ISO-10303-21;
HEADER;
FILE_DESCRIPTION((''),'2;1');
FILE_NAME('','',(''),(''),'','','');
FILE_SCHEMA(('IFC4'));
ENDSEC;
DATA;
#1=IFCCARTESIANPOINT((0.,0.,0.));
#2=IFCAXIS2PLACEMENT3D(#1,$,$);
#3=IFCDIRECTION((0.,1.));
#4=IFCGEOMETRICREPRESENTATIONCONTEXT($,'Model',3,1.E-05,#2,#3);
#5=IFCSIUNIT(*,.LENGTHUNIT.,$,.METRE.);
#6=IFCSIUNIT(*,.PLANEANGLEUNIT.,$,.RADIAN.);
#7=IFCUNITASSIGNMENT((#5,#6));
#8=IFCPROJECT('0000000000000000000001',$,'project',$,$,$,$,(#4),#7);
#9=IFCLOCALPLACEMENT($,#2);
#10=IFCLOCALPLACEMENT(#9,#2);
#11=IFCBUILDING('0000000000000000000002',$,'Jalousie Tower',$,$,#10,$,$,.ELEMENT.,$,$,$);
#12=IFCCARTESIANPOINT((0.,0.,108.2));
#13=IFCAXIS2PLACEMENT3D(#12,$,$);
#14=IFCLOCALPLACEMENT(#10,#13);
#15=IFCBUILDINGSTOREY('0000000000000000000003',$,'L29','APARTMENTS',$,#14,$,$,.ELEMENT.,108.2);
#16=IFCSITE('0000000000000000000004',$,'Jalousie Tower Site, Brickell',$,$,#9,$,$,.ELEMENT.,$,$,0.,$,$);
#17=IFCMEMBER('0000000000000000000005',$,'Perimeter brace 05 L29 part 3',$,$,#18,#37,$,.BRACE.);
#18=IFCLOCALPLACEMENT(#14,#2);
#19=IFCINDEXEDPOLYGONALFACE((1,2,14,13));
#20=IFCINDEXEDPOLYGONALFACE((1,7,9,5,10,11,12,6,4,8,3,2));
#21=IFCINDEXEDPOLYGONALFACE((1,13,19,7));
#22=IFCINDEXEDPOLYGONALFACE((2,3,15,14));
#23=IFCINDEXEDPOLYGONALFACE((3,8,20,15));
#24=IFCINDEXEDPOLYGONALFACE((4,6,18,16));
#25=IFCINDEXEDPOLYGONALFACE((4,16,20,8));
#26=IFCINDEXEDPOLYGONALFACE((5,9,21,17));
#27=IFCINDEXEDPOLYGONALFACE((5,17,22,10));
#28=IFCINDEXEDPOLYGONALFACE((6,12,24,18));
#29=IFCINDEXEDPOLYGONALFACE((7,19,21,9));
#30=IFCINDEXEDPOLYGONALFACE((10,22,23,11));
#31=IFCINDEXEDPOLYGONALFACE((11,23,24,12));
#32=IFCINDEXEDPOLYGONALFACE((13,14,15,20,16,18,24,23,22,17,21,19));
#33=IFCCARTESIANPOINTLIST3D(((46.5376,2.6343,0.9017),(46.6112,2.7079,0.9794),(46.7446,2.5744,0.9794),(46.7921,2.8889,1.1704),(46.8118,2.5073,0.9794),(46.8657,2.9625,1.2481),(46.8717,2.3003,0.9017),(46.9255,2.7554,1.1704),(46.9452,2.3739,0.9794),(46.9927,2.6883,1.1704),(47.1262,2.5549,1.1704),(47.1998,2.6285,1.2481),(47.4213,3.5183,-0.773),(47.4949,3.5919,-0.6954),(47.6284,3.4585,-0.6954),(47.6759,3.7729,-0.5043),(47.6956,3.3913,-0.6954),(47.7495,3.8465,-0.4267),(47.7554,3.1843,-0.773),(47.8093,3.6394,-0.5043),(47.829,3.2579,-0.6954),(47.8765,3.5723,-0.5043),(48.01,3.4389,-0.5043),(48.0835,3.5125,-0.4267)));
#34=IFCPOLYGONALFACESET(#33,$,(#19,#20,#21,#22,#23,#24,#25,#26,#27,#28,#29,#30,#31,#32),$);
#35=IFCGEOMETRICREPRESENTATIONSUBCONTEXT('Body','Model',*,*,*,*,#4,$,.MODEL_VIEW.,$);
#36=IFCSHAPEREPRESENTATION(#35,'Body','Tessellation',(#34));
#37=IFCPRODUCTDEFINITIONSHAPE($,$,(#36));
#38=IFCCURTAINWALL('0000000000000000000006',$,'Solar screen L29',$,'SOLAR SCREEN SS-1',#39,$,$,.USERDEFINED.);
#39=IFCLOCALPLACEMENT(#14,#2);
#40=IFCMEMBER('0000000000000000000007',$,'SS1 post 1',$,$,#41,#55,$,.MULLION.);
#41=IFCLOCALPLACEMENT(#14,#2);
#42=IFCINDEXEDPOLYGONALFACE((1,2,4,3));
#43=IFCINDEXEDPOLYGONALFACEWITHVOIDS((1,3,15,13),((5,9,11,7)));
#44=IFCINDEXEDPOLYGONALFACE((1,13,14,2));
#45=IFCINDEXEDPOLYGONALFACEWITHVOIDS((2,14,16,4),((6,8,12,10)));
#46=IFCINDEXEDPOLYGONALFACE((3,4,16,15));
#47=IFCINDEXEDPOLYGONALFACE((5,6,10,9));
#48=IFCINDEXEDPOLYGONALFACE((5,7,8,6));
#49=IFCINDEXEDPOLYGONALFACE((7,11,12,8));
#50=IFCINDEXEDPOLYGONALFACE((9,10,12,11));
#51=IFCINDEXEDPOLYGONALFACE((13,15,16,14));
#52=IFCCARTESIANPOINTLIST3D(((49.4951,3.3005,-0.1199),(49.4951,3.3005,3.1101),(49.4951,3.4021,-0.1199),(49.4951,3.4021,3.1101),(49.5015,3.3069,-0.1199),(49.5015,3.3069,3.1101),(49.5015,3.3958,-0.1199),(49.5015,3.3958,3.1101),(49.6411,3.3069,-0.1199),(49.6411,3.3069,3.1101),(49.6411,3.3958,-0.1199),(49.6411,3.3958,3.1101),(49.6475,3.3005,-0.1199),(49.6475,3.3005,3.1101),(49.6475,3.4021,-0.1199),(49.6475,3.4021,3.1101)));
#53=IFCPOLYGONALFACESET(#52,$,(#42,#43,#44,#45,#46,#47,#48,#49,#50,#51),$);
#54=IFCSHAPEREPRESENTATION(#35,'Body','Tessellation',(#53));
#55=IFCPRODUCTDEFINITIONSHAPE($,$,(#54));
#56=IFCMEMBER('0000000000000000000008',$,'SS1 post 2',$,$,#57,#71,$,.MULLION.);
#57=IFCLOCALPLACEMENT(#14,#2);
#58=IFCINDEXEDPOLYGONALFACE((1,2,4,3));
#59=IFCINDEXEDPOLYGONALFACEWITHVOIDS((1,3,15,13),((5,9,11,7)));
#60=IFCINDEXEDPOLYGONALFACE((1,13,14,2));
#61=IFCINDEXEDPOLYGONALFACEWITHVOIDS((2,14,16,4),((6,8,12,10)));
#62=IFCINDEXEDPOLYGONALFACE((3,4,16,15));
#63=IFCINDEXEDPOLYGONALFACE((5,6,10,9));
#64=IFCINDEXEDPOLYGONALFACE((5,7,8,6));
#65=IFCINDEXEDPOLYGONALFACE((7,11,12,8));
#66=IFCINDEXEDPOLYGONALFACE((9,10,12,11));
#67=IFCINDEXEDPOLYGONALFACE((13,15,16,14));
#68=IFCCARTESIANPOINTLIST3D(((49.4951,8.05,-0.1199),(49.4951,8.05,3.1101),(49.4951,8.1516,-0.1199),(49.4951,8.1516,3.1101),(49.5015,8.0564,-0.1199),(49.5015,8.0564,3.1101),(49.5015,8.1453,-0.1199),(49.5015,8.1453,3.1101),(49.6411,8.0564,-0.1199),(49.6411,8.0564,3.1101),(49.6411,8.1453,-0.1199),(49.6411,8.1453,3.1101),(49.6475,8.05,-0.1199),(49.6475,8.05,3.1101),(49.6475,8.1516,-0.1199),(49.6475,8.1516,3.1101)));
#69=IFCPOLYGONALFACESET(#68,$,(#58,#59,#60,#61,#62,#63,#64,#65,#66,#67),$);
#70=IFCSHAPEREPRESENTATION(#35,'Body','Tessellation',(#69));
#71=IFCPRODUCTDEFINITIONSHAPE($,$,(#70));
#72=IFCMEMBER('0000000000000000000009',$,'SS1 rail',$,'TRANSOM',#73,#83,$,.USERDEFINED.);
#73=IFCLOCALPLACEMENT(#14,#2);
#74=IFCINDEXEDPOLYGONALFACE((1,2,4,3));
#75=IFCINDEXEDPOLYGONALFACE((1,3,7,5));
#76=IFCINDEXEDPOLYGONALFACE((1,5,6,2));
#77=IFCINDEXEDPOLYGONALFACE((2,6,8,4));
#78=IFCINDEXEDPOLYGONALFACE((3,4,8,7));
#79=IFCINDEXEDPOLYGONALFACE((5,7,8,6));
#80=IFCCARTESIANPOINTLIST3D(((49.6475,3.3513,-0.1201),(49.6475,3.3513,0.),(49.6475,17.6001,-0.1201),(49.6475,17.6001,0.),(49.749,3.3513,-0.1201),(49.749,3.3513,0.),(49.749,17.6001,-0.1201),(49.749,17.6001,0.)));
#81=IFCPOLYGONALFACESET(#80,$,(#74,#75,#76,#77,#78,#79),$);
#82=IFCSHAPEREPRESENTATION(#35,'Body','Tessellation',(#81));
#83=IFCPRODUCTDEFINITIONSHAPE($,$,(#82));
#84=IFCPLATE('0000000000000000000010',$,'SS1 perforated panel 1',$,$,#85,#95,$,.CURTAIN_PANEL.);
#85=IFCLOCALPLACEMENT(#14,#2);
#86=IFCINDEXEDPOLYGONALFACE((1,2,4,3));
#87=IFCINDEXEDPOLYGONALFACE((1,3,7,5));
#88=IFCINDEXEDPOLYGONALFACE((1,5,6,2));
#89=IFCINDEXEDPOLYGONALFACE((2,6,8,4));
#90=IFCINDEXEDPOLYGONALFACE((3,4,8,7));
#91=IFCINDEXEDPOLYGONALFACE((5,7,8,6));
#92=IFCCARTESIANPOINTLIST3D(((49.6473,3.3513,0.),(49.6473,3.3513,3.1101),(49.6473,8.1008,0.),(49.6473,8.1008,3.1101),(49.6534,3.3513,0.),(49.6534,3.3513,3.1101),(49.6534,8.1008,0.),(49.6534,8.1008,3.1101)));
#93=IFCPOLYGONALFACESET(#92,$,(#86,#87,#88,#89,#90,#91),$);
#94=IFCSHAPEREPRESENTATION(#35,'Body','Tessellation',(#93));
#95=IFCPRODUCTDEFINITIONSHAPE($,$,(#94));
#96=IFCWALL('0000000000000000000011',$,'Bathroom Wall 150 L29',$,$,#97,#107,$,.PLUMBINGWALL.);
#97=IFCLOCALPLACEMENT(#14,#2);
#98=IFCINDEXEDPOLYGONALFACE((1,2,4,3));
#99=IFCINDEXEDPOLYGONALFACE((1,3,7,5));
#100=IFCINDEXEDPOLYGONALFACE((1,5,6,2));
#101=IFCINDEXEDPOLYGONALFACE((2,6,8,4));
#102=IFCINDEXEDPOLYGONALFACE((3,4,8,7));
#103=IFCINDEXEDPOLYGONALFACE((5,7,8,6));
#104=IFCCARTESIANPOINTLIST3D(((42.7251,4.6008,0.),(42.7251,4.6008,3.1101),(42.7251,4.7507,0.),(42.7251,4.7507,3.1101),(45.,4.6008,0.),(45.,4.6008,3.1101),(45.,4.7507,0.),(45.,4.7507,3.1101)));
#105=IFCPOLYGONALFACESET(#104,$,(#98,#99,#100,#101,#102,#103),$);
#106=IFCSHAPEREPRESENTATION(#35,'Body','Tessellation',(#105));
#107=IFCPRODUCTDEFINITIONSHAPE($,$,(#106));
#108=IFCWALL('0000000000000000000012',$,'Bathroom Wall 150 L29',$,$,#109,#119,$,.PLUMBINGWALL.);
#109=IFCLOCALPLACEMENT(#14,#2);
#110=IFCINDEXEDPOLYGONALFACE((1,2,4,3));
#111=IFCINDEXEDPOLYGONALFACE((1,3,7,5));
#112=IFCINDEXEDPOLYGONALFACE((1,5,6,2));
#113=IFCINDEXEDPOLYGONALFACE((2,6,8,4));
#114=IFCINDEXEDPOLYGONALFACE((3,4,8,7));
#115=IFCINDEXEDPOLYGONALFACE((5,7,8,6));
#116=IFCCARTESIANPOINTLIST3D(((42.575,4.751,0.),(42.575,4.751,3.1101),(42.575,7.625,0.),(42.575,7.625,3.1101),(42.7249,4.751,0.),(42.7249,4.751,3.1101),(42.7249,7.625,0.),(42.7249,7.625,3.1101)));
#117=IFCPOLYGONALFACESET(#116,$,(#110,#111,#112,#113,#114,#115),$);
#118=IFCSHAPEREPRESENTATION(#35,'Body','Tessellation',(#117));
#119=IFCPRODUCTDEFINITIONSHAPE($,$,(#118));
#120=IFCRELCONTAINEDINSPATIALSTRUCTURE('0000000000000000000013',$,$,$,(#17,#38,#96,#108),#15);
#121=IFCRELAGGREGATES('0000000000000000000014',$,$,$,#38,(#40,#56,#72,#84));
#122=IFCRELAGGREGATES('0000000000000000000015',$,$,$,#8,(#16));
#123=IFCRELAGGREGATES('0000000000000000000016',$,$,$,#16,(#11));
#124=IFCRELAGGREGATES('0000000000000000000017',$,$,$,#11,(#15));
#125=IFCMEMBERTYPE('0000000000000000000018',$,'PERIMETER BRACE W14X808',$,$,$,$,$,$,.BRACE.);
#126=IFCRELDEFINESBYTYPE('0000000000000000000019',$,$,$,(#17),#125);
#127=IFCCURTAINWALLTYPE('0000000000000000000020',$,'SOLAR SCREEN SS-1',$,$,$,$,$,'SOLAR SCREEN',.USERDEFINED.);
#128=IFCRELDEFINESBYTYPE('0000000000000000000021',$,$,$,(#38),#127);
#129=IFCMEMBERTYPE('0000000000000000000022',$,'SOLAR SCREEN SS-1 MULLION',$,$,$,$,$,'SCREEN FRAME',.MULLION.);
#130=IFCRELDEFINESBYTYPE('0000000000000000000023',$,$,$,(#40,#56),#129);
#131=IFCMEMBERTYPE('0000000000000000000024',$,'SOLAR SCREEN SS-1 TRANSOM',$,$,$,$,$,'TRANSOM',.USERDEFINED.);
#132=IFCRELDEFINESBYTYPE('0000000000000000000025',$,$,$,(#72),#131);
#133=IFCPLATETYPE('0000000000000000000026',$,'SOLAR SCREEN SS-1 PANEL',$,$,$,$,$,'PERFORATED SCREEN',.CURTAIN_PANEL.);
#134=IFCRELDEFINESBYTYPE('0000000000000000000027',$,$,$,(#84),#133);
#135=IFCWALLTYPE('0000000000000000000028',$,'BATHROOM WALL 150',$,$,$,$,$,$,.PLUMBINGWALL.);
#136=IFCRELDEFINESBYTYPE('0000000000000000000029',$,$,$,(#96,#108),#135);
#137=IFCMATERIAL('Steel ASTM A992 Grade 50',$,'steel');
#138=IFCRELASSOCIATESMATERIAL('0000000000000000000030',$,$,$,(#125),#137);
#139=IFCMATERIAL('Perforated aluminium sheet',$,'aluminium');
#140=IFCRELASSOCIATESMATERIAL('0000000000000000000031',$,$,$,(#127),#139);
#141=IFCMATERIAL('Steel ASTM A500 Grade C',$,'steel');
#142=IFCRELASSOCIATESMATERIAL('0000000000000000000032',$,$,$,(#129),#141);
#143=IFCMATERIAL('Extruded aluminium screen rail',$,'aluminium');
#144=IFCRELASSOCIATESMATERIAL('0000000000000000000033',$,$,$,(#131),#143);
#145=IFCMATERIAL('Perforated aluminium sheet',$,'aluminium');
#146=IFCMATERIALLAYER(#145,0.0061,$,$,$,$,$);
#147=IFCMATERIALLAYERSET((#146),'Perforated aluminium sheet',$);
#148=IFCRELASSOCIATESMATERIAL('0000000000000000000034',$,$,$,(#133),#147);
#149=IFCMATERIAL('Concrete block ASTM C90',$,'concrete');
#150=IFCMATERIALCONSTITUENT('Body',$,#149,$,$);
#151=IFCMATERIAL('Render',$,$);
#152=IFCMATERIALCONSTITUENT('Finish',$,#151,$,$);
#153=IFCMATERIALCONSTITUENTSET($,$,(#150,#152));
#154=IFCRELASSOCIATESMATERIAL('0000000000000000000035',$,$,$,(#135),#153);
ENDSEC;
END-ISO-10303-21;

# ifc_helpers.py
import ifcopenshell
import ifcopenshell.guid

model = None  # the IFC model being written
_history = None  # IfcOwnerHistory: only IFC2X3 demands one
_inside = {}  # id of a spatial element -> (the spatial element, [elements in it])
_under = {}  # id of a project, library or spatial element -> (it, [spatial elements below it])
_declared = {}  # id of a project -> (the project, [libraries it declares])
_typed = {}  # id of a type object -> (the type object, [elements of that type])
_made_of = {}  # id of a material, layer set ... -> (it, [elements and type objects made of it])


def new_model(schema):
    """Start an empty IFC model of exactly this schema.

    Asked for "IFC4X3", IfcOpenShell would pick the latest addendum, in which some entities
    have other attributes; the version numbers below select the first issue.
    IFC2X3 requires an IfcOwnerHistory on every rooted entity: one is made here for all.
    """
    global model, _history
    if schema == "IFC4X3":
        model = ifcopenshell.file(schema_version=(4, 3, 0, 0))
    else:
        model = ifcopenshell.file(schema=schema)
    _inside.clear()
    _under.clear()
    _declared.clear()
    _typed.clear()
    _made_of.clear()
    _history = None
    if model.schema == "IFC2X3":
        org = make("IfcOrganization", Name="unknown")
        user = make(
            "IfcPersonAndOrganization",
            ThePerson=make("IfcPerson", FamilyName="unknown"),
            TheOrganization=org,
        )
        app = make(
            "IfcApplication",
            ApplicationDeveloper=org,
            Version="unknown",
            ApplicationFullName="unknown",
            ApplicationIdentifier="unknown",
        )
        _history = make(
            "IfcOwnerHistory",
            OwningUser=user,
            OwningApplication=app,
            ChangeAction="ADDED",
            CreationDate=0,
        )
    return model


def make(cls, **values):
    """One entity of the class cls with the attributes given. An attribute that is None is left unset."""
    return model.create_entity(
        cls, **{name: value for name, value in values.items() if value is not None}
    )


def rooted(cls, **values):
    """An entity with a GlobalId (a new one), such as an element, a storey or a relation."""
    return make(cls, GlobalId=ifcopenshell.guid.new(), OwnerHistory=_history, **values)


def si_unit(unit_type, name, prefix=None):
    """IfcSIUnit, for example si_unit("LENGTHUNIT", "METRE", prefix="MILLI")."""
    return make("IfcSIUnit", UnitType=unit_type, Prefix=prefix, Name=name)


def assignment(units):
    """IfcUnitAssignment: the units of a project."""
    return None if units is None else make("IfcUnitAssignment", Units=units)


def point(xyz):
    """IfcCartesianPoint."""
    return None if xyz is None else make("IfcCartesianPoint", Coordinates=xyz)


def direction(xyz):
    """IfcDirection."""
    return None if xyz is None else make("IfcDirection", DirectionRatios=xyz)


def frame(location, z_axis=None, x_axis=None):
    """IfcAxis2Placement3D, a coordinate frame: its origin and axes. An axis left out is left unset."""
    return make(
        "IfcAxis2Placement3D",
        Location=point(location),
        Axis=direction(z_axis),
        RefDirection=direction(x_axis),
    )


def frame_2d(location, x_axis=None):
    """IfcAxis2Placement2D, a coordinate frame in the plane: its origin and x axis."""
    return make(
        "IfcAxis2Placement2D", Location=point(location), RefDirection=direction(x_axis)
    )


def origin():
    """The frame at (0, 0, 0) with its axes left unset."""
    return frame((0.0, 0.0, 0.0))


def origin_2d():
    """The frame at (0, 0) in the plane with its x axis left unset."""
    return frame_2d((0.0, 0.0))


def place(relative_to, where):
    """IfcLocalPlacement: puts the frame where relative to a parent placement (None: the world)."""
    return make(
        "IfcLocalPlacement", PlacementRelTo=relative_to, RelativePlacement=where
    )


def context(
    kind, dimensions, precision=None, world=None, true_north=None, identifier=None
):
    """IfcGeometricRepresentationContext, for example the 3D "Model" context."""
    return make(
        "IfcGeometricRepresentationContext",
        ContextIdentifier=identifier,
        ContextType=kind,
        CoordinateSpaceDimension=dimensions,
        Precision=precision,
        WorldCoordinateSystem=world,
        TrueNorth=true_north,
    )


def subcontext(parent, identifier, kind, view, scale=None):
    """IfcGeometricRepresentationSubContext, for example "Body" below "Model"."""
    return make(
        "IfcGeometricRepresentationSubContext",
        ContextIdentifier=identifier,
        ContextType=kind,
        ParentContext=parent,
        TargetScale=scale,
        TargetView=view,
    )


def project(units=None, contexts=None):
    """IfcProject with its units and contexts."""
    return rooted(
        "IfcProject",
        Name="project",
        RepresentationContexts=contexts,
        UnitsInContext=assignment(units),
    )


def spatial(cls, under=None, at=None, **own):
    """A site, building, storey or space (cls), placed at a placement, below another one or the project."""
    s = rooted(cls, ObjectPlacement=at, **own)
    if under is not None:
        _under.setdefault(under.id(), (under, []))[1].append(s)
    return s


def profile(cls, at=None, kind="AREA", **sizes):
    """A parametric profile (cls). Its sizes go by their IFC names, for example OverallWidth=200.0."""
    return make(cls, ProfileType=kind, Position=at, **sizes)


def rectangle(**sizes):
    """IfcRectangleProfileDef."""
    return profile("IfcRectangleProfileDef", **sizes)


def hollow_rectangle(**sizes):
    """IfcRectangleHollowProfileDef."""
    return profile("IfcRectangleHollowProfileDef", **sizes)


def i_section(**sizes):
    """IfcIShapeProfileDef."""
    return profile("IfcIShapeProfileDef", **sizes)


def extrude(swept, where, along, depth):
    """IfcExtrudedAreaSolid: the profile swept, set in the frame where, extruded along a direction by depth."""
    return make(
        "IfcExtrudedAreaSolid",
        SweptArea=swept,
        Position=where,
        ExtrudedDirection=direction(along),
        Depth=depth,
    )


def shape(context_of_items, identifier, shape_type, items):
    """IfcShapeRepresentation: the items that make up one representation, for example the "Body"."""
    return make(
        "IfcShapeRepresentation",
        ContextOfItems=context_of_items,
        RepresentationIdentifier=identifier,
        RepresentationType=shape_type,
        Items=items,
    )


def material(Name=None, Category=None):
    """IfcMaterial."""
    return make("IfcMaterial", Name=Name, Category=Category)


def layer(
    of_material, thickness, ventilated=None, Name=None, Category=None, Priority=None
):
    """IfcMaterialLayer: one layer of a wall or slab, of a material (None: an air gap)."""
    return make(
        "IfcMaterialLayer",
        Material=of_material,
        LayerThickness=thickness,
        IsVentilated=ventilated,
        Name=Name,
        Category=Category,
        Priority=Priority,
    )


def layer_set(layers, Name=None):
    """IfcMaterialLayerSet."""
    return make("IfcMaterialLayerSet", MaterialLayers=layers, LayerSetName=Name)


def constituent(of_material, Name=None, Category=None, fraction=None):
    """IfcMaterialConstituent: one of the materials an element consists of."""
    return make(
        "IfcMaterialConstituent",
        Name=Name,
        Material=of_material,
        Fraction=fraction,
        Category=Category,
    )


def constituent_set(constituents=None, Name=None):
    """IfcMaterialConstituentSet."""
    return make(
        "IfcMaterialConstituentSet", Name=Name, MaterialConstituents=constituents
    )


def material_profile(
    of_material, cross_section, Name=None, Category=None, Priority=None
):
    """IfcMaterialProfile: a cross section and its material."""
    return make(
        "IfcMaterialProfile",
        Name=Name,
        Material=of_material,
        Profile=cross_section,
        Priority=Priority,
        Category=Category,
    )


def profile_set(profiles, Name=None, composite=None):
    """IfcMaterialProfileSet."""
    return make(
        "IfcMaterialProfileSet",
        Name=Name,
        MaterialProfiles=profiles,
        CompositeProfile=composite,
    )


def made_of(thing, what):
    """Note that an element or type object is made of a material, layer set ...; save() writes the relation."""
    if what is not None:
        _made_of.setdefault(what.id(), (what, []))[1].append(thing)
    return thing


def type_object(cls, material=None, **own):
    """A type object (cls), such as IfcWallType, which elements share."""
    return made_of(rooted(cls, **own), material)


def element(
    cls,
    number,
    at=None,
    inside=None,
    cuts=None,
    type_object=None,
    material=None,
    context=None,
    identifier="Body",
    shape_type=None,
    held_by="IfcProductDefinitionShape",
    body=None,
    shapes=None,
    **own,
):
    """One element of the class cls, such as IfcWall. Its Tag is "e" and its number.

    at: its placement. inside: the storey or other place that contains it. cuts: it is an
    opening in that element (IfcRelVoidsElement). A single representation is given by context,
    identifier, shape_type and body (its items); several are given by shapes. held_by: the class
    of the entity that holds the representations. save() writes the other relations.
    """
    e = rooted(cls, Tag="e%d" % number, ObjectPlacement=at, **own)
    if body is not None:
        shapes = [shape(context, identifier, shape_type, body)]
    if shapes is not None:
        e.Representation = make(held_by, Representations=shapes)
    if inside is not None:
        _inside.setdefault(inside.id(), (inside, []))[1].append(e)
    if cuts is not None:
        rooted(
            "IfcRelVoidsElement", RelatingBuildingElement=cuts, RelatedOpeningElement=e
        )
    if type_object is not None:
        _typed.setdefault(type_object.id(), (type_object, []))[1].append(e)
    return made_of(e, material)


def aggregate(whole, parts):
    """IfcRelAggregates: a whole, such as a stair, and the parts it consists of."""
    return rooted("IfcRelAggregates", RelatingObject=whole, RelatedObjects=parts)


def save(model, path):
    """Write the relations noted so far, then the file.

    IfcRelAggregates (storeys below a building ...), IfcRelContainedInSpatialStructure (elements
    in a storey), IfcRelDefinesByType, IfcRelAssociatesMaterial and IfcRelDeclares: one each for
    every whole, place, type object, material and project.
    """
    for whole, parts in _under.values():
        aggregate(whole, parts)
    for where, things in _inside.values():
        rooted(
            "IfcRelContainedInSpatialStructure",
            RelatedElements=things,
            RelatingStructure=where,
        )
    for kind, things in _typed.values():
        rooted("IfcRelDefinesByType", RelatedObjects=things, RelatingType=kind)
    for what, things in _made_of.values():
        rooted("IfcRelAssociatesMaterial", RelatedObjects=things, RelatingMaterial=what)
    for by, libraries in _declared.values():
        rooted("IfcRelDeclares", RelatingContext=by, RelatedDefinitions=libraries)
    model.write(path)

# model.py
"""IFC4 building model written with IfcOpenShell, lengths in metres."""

from ifc_helpers import new_model, si_unit, direction, frame, frame_2d, origin, origin_2d, place, context, subcontext, project, spatial, rectangle, hollow_rectangle, i_section, extrude, material, layer, layer_set, constituent, constituent_set, material_profile, profile_set, type_object, element, aggregate, save


model = new_model("IFC4")

# Units and contexts
model_context = context("Model", 3, precision=1e-05, world=origin(), true_north=direction((0.0, 1.0)))
body_context = subcontext(model_context, "Body", "Model", "MODEL_VIEW")
ifc_project = project(units=[si_unit("LENGTHUNIT", "METRE"), si_unit("PLANEANGLEUNIT", "RADIAN")], contexts=[model_context])

# Site, building, storey
site_placement = place(None, origin())
site = spatial("IfcSite", under=ifc_project, at=site_placement, Name="Jalousie Tower Site, Brickell", CompositionType="ELEMENT", RefElevation=0.0)
building_placement = place(site_placement, origin())
building = spatial("IfcBuilding", under=site, at=building_placement, Name="Jalousie Tower", CompositionType="ELEMENT")
storey_placement = place(building_placement, frame((0.0, 0.0, 108.2)))
storey = spatial("IfcBuildingStorey", under=building, at=storey_placement, Name="L29", Description="APARTMENTS", CompositionType="ELEMENT", Elevation=108.2)

# Member
ifc_material_1 = material(Name="Steel ASTM A992 Grade 50", Category="steel")
ifc_material_profile_1 = material_profile(ifc_material_1, i_section(OverallWidth=0.4724, OverallDepth=0.5791, WebThickness=0.095, FlangeThickness=0.1299, at=origin_2d()), Name="W14X808")
ifc_profile_set_1 = profile_set([ifc_material_profile_1], Name="Steel ASTM A992 Grade 50")
member_type_1 = type_object("IfcMemberType", Name="PERIMETER BRACE W14X808", PredefinedType="BRACE", material=ifc_profile_set_1)
member_1_placement = place(storey_placement, frame((47.7524, 3.5154, -0.5999), z_axis=(-0.422891, -0.423008, 0.801391), x_axis=(0.707204, -0.707009, 0.0)))
element("IfcMember", 1, at=member_1_placement, inside=storey, type_object=member_type_1, Name="Perimeter brace 05 L29 part 3", PredefinedType="BRACE", context=body_context, shape_type="SweptSolid", body=[
    extrude(i_section(OverallWidth=0.4724, OverallDepth=0.5791, WebThickness=0.095, FlangeThickness=0.1299, at=origin_2d()), origin(), (0.0, 0.0, 1.0), 2.0898),
])

# Curtain wall, members, plate
ifc_material_2 = material(Name="Perforated aluminium sheet", Category="aluminium")
curtain_wall_type = type_object("IfcCurtainWallType", Name="SOLAR SCREEN SS-1", ElementType="SOLAR SCREEN", PredefinedType="USERDEFINED", material=ifc_material_2)
curtain_wall_placement = place(storey_placement, origin())
curtain_wall = element("IfcCurtainWall", 2, at=curtain_wall_placement, inside=storey, type_object=curtain_wall_type, Name="Solar screen L29", ObjectType="SOLAR SCREEN SS-1", PredefinedType="USERDEFINED")
ifc_material_3 = material(Name="Steel ASTM A500 Grade C", Category="steel")
ifc_material_profile_2 = material_profile(ifc_material_3, hollow_rectangle(XDim=0.1016, YDim=0.1523, WallThickness=0.0063, at=origin_2d()), Name="HSS6X4X1/4")
ifc_profile_set_2 = profile_set([ifc_material_profile_2], Name="Steel ASTM A500 Grade C")
member_type_2 = type_object("IfcMemberType", Name="SOLAR SCREEN SS-1 MULLION", ElementType="SCREEN FRAME", PredefinedType="MULLION", material=ifc_profile_set_2)
member_2_placement = place(storey_placement, frame((49.5713, 3.3513, -0.1199), z_axis=(0.0, 0.0, 1.0), x_axis=(0.0, 1.0, 0.0)))
member_2 = element("IfcMember", 3, at=member_2_placement, type_object=member_type_2, Name="SS1 post 1", PredefinedType="MULLION", context=body_context, shape_type="SweptSolid", body=[
    extrude(hollow_rectangle(XDim=0.1016, YDim=0.1523, WallThickness=0.0063, at=origin_2d()), origin(), (0.0, 0.0, 1.0), 3.23),
])
member_3_placement = place(storey_placement, frame((49.5713, 8.1008, -0.1199), z_axis=(0.0, 0.0, 1.0), x_axis=(0.0, 1.0, 0.0)))
member_3 = element("IfcMember", 4, at=member_3_placement, type_object=member_type_2, Name="SS1 post 2", PredefinedType="MULLION", context=body_context, shape_type="SweptSolid", body=[
    extrude(hollow_rectangle(XDim=0.1016, YDim=0.1523, WallThickness=0.0063, at=origin_2d()), origin(), (0.0, 0.0, 1.0), 3.23),
])
ifc_material_4 = material(Name="Extruded aluminium screen rail", Category="aluminium")
ifc_material_profile_3 = material_profile(ifc_material_4, rectangle(XDim=0.1016, YDim=0.1201, at=origin_2d()), Name="RAIL 102x120")
ifc_profile_set_3 = profile_set([ifc_material_profile_3], Name="Extruded aluminium screen rail")
member_type_3 = type_object("IfcMemberType", Name="SOLAR SCREEN SS-1 TRANSOM", ElementType="TRANSOM", PredefinedType="USERDEFINED", material=ifc_profile_set_3)
member_4_placement = place(storey_placement, frame((49.6982, 3.3513, -0.0601), z_axis=(0.0, 1.0, 0.0), x_axis=(-1.0, 0.0, 0.0)))
member_4 = element("IfcMember", 5, at=member_4_placement, type_object=member_type_3, Name="SS1 rail", ObjectType="TRANSOM", PredefinedType="USERDEFINED", context=body_context, shape_type="SweptSolid", body=[
    extrude(rectangle(XDim=0.1016, YDim=0.1201, at=origin_2d()), origin(), (0.0, 0.0, 1.0), 14.2488),
])
ifc_material_5 = material(Name="Perforated aluminium sheet", Category="aluminium")
ifc_layer = layer(ifc_material_5, 0.0061)
ifc_layer_set = layer_set([ifc_layer], Name="Perforated aluminium sheet")
plate_type = type_object("IfcPlateType", Name="SOLAR SCREEN SS-1 PANEL", ElementType="PERFORATED SCREEN", PredefinedType="CURTAIN_PANEL", material=ifc_layer_set)
plate_placement = place(storey_placement, frame((49.6504, 5.7261, 0.0), z_axis=(0.0, 0.0, 1.0), x_axis=(0.0, 1.0, 0.0)))
plate = element("IfcPlate", 6, at=plate_placement, type_object=plate_type, Name="SS1 perforated panel 1", PredefinedType="CURTAIN_PANEL", context=body_context, shape_type="SweptSolid", body=[
    extrude(rectangle(XDim=4.7495, YDim=0.0061, at=origin_2d()), origin(), (0.0, 0.0, 1.0), 3.1101),
])
aggregate(curtain_wall, [member_2, member_3, member_4, plate])

# Walls
ifc_material_6 = material(Name="Concrete block ASTM C90", Category="concrete")
ifc_constituent_1 = constituent(ifc_material_6, Name="Body")
ifc_material_7 = material(Name="Render")
ifc_constituent_2 = constituent(ifc_material_7, Name="Finish")
ifc_constituent_set_1 = constituent_set(constituents=[ifc_constituent_1, ifc_constituent_2])
wall_type_1 = type_object("IfcWallType", Name="BATHROOM WALL 150", PredefinedType="PLUMBINGWALL", material=ifc_constituent_set_1)
wall_1_placement = place(storey_placement, frame((42.7251, 4.6758, 0.0), z_axis=(0.0, 0.0, 1.0), x_axis=(1.0, 0.0, 0.0)))
element("IfcWall", 7, at=wall_1_placement, inside=storey, type_object=wall_type_1, Name="Bathroom Wall 150 L29", PredefinedType="PLUMBINGWALL", context=body_context, shape_type="SweptSolid", body=[
    extrude(rectangle(XDim=2.2749, YDim=0.1499, at=frame_2d((1.1375, 0.0))), origin(), (0.0, 0.0, 1.0), 3.1101),
])
wall_2_placement = place(storey_placement, frame((42.6499, 4.751, 0.0), z_axis=(0.0, 0.0, 1.0), x_axis=(0.0, 1.0, 0.0)))
element("IfcWall", 8, at=wall_2_placement, inside=storey, type_object=wall_type_1, Name="Bathroom Wall 150 L29", PredefinedType="PLUMBINGWALL", context=body_context, shape_type="SweptSolid", body=[
    extrude(rectangle(XDim=2.874, YDim=0.1499, at=frame_2d((1.437, 0.0))), origin(), (0.0, 0.0, 1.0), 3.1101),
])

save(model, "model.ifc")
